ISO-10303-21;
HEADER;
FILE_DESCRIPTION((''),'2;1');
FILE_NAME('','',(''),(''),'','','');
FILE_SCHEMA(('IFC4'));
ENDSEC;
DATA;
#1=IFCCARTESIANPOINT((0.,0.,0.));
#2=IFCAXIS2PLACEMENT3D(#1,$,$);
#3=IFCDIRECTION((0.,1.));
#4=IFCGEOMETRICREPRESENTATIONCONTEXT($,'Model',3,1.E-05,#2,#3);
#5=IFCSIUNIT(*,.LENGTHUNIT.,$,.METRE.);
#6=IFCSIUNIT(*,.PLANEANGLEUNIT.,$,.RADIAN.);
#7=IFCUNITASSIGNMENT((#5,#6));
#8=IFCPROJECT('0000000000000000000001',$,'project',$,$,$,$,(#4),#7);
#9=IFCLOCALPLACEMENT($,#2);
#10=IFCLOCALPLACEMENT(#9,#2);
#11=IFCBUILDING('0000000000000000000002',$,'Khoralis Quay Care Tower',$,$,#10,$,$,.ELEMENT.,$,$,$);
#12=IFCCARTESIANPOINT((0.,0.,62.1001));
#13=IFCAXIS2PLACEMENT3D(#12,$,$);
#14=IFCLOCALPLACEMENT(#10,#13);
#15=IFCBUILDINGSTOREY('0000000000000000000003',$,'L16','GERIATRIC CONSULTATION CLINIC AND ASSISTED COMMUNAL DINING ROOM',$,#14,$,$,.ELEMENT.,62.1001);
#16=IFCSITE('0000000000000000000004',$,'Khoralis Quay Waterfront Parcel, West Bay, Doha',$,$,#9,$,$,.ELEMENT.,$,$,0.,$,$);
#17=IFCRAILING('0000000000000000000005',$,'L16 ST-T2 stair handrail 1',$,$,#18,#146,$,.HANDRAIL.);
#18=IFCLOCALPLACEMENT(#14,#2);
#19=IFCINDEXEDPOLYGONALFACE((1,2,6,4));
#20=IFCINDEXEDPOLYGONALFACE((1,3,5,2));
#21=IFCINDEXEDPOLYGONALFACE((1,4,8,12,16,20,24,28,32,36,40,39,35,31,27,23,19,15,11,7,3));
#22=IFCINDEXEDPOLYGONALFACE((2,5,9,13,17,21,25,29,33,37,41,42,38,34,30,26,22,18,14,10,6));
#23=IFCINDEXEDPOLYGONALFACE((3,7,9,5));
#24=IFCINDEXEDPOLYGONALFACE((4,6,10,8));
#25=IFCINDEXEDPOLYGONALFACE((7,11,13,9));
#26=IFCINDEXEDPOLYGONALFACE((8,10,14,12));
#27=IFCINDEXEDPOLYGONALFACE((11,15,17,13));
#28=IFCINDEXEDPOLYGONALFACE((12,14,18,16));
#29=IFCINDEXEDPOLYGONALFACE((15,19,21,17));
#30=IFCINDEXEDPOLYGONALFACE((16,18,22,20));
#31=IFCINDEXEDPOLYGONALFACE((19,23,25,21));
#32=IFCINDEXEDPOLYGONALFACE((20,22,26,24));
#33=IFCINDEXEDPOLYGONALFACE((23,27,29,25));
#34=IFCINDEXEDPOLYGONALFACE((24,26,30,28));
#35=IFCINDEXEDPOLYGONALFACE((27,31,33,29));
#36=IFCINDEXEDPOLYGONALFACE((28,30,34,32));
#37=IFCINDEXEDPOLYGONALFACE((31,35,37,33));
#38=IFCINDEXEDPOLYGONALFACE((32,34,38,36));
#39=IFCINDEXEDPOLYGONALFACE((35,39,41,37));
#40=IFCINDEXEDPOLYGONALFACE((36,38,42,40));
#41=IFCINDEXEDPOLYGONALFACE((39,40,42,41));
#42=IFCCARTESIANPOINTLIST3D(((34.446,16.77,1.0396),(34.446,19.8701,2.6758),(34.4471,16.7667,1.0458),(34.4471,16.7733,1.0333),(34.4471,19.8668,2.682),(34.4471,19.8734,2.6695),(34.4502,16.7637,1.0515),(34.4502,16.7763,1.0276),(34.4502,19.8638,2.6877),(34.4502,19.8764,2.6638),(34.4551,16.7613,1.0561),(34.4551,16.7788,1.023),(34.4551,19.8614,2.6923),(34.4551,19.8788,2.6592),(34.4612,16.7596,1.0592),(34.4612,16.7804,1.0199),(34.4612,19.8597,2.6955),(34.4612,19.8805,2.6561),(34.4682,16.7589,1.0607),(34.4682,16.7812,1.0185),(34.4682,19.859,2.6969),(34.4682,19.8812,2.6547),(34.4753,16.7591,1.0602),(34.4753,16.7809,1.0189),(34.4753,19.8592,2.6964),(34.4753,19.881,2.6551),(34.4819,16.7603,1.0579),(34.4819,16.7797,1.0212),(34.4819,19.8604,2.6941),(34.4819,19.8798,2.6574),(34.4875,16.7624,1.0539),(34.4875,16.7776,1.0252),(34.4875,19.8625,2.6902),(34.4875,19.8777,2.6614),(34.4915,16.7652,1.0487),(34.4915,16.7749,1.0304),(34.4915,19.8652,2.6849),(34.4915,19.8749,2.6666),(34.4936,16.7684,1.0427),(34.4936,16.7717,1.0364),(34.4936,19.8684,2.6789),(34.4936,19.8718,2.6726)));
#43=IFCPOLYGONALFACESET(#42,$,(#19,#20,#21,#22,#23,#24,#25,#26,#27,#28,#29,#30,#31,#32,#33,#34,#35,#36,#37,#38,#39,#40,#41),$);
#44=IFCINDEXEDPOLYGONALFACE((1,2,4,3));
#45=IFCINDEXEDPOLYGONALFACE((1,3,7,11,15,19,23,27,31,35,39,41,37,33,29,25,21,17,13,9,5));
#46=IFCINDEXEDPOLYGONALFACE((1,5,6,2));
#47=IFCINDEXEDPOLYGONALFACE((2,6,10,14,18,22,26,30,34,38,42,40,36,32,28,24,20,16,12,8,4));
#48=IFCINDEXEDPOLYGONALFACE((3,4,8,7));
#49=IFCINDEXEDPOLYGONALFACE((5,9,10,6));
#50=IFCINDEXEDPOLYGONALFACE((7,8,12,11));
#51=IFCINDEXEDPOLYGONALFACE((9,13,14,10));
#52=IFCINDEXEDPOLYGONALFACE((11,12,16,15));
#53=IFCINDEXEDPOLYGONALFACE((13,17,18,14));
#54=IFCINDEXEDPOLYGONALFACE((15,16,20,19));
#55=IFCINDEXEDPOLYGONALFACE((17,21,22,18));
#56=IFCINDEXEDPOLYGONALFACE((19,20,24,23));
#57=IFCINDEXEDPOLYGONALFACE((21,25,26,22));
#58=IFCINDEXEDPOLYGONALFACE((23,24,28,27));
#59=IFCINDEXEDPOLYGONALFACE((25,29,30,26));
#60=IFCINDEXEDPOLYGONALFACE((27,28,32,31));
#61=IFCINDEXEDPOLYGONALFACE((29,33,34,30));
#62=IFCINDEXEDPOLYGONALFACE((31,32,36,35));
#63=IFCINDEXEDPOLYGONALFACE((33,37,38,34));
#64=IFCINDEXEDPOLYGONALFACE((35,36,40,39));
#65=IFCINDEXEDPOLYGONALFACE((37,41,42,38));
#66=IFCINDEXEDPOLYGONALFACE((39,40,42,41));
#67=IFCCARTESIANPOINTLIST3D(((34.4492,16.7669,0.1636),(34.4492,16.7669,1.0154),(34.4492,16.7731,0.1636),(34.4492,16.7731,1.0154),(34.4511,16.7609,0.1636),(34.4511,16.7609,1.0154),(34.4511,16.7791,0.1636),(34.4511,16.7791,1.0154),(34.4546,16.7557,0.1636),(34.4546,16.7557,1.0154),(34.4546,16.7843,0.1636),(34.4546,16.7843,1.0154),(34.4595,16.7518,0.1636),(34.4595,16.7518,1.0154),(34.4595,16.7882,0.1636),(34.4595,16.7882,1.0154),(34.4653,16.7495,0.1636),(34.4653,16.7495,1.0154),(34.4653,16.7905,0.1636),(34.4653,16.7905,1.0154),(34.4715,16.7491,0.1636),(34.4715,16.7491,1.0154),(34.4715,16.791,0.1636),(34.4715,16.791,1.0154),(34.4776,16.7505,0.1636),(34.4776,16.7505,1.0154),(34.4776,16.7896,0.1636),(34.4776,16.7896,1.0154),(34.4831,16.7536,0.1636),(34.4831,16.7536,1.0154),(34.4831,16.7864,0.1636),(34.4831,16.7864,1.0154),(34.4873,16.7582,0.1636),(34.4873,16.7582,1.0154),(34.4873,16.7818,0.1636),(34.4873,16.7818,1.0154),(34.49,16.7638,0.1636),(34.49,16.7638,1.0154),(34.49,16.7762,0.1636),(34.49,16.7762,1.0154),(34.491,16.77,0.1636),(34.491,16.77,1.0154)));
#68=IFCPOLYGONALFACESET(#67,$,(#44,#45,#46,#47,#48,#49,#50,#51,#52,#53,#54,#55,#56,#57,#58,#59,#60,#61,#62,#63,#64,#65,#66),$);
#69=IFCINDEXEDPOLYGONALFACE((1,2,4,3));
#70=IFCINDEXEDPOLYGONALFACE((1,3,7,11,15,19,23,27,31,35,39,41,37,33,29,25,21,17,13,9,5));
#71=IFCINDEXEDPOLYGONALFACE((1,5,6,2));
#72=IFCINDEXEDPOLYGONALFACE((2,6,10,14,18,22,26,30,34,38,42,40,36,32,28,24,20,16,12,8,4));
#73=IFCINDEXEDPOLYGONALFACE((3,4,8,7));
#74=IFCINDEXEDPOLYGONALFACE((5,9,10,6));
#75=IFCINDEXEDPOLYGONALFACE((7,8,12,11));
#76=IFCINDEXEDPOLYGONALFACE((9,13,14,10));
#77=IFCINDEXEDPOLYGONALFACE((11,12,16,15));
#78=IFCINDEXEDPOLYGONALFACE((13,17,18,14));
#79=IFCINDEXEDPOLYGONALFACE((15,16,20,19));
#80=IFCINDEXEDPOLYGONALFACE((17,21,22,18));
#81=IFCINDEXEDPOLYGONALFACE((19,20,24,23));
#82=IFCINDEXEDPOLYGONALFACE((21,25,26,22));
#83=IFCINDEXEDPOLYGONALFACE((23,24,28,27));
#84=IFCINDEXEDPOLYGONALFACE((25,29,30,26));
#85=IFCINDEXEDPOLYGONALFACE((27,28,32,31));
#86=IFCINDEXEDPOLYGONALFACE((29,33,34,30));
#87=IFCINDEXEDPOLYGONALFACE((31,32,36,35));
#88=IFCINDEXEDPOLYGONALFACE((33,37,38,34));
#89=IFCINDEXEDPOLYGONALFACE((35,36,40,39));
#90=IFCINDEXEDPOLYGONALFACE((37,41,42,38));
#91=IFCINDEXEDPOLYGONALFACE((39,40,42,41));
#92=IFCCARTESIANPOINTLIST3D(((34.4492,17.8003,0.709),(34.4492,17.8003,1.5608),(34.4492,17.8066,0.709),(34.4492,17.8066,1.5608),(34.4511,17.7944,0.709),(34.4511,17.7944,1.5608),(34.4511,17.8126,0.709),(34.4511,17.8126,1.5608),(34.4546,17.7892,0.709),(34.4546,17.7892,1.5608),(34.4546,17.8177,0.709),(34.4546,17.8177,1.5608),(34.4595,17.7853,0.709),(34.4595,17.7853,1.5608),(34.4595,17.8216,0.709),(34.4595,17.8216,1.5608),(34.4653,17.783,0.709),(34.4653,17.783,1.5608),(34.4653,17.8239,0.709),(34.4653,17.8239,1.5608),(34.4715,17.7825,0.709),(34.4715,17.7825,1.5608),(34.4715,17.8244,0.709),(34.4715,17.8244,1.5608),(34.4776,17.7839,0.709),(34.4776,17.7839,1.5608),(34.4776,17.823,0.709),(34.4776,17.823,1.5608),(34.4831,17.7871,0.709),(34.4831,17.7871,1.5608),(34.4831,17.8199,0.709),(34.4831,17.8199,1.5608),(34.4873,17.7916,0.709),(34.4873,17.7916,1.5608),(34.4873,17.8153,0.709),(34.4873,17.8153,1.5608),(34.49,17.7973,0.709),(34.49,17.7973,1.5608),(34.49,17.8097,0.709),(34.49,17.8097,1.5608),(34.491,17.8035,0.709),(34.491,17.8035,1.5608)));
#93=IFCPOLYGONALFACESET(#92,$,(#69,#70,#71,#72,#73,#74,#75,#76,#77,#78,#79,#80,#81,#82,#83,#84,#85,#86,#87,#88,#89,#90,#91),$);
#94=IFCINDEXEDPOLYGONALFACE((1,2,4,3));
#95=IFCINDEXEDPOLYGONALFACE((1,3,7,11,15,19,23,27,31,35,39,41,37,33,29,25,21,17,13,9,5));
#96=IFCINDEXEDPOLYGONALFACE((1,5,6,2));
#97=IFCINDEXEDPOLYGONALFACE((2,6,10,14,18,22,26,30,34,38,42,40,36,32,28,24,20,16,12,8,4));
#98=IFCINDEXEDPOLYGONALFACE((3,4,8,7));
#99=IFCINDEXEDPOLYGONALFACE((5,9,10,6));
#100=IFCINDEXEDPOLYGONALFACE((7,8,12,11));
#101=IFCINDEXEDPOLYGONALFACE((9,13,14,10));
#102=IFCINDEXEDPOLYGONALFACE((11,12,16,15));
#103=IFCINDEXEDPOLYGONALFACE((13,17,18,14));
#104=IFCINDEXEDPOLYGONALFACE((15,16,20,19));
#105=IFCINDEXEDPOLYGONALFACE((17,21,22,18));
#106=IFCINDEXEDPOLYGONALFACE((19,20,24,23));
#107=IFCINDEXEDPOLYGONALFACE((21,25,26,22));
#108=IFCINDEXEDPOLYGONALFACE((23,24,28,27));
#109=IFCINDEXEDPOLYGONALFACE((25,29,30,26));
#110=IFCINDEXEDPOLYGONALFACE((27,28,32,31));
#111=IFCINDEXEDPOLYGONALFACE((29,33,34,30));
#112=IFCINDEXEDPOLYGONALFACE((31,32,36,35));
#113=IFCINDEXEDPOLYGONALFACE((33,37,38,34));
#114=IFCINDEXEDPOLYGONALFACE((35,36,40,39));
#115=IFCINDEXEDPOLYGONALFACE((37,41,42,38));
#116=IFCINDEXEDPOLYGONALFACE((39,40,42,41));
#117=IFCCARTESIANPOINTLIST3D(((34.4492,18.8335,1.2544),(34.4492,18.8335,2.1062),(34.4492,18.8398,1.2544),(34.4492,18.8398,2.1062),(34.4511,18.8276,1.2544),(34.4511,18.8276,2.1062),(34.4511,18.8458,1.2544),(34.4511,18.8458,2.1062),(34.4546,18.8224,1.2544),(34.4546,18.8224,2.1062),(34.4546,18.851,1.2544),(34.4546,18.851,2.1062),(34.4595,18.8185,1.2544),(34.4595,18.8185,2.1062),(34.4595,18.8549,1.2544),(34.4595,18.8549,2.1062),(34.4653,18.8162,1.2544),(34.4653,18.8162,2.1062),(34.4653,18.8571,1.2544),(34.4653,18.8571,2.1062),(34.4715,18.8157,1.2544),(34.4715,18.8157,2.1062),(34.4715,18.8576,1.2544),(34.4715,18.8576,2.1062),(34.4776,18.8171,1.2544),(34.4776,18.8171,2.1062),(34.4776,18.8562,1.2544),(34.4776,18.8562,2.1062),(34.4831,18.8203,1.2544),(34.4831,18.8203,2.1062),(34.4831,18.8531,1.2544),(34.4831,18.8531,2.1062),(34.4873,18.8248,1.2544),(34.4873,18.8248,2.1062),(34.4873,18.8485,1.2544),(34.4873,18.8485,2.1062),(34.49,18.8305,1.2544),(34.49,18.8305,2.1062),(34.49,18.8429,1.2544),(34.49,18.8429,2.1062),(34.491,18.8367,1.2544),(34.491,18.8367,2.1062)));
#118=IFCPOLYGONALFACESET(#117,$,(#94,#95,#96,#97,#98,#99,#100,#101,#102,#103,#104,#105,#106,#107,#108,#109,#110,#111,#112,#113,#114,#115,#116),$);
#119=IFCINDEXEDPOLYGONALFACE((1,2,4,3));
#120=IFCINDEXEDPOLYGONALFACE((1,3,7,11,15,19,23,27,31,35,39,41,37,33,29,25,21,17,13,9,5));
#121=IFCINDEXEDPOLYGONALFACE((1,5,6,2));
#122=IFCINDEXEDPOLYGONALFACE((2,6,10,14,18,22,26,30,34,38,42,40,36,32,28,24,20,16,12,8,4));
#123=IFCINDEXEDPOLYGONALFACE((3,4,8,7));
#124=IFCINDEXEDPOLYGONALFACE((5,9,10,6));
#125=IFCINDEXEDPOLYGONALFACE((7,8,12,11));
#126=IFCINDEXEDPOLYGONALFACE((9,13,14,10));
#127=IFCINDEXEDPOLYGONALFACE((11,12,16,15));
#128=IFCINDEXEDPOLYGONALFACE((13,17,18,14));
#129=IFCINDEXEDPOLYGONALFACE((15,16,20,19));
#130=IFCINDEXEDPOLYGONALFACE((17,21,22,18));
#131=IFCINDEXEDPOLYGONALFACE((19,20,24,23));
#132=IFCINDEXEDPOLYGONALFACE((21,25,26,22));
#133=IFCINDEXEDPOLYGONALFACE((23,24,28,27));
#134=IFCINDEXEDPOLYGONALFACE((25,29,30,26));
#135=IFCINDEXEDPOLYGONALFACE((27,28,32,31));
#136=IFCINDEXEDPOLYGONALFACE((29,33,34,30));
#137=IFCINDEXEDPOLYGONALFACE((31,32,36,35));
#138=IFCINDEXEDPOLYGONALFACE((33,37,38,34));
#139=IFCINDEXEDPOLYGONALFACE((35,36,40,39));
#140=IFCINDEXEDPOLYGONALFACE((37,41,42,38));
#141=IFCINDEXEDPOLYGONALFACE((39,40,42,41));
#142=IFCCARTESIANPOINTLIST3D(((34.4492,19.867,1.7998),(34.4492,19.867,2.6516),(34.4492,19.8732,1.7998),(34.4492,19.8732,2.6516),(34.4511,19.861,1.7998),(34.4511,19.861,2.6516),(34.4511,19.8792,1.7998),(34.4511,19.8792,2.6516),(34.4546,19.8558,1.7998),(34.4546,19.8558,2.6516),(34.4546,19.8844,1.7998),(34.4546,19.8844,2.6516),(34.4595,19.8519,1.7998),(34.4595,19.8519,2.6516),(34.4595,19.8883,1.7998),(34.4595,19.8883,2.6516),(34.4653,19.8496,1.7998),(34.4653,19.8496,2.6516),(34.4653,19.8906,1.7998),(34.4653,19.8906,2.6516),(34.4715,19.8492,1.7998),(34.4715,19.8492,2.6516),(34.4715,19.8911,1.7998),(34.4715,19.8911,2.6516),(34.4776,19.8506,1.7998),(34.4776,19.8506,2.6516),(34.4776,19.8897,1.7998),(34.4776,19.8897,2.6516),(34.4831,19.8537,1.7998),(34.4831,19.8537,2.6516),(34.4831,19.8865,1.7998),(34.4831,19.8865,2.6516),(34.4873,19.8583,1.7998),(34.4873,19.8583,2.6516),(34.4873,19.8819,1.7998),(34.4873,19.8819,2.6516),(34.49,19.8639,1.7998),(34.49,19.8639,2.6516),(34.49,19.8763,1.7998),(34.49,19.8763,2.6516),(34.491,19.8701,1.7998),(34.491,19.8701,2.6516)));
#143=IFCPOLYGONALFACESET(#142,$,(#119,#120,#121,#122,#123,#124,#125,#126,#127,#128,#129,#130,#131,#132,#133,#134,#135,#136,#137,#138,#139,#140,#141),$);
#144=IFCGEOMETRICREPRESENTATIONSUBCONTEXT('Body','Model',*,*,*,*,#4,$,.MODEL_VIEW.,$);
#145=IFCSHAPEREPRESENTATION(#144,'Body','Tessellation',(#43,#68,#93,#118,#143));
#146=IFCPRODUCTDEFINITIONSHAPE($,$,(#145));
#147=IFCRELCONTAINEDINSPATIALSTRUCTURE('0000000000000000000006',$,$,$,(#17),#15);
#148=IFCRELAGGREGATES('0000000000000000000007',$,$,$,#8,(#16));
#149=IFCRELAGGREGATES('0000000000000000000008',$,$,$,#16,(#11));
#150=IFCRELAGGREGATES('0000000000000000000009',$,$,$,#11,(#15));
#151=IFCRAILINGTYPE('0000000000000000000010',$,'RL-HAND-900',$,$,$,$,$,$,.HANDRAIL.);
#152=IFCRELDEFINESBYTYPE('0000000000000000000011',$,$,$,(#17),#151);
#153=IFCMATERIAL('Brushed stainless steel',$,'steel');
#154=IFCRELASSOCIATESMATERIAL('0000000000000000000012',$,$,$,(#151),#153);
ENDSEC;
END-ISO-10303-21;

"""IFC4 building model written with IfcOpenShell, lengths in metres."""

from ifc_helpers import new_model, si_unit, direction, frame, origin, origin_2d, place, context, subcontext, project, spatial, circle, extrude, material, type_object, element, save


model = new_model("IFC4")

# Units and contexts
model_context = context("Model", 3, precision=1e-05, world=origin(), true_north=direction((0.0, 1.0)))
body_context = subcontext(model_context, "Body", "Model", "MODEL_VIEW")
ifc_project = project(units=[si_unit("LENGTHUNIT", "METRE"), si_unit("PLANEANGLEUNIT", "RADIAN")], contexts=[model_context])

# Site, building, storey
site_placement = place(None, origin())
site = spatial("IfcSite", under=ifc_project, at=site_placement, Name="Khoralis Quay Waterfront Parcel, West Bay, Doha", CompositionType="ELEMENT", RefElevation=0.0)
building_placement = place(site_placement, origin())
building = spatial("IfcBuilding", under=site, at=building_placement, Name="Khoralis Quay Care Tower", CompositionType="ELEMENT")
storey_placement = place(building_placement, frame((0.0, 0.0, 62.1001)))
storey = spatial("IfcBuildingStorey", under=building, at=storey_placement, Name="L16", Description="GERIATRIC CONSULTATION CLINIC AND ASSISTED COMMUNAL DINING ROOM", CompositionType="ELEMENT", Elevation=62.1001)

# Shared definitions
ifc_material_1 = material(Name="Brushed stainless steel", Category="steel")

# Railing
railing_type_1 = type_object("IfcRailingType", Name="RL-HAND-900", PredefinedType="HANDRAIL", material=ifc_material_1)
railing_1_placement = place(storey_placement, frame((34.47, 16.77, 0.1636)))
element("IfcRailing", 1, at=railing_1_placement, inside=storey, type_object=railing_type_1, Name="L16 ST-T2 stair handrail 1", PredefinedType="HANDRAIL", context=body_context, shape_type="SweptSolid", body=[
    extrude(circle(Radius=0.0239, at=origin_2d()), frame((0.0, 0.0, 0.876), z_axis=(0.0, 0.884377, 0.466774), x_axis=(-1.0, 0.0, 0.0)), (0.0, 0.0, 1.0), 3.5054),
    extrude(circle(Radius=0.021, at=origin_2d()), origin(), (0.0, 0.0, 1.0), 0.8518),
    extrude(circle(Radius=0.021, at=origin_2d()), frame((0.0, 1.0334, 0.5454)), (0.0, 0.0, 1.0), 0.8518),
    extrude(circle(Radius=0.021, at=origin_2d()), frame((0.0, 2.0667, 1.0908)), (0.0, 0.0, 1.0), 0.8518),
    extrude(circle(Radius=0.021, at=origin_2d()), frame((0.0, 3.1001, 1.6362)), (0.0, 0.0, 1.0), 0.8518),
])

save(model, "model.ifc")
